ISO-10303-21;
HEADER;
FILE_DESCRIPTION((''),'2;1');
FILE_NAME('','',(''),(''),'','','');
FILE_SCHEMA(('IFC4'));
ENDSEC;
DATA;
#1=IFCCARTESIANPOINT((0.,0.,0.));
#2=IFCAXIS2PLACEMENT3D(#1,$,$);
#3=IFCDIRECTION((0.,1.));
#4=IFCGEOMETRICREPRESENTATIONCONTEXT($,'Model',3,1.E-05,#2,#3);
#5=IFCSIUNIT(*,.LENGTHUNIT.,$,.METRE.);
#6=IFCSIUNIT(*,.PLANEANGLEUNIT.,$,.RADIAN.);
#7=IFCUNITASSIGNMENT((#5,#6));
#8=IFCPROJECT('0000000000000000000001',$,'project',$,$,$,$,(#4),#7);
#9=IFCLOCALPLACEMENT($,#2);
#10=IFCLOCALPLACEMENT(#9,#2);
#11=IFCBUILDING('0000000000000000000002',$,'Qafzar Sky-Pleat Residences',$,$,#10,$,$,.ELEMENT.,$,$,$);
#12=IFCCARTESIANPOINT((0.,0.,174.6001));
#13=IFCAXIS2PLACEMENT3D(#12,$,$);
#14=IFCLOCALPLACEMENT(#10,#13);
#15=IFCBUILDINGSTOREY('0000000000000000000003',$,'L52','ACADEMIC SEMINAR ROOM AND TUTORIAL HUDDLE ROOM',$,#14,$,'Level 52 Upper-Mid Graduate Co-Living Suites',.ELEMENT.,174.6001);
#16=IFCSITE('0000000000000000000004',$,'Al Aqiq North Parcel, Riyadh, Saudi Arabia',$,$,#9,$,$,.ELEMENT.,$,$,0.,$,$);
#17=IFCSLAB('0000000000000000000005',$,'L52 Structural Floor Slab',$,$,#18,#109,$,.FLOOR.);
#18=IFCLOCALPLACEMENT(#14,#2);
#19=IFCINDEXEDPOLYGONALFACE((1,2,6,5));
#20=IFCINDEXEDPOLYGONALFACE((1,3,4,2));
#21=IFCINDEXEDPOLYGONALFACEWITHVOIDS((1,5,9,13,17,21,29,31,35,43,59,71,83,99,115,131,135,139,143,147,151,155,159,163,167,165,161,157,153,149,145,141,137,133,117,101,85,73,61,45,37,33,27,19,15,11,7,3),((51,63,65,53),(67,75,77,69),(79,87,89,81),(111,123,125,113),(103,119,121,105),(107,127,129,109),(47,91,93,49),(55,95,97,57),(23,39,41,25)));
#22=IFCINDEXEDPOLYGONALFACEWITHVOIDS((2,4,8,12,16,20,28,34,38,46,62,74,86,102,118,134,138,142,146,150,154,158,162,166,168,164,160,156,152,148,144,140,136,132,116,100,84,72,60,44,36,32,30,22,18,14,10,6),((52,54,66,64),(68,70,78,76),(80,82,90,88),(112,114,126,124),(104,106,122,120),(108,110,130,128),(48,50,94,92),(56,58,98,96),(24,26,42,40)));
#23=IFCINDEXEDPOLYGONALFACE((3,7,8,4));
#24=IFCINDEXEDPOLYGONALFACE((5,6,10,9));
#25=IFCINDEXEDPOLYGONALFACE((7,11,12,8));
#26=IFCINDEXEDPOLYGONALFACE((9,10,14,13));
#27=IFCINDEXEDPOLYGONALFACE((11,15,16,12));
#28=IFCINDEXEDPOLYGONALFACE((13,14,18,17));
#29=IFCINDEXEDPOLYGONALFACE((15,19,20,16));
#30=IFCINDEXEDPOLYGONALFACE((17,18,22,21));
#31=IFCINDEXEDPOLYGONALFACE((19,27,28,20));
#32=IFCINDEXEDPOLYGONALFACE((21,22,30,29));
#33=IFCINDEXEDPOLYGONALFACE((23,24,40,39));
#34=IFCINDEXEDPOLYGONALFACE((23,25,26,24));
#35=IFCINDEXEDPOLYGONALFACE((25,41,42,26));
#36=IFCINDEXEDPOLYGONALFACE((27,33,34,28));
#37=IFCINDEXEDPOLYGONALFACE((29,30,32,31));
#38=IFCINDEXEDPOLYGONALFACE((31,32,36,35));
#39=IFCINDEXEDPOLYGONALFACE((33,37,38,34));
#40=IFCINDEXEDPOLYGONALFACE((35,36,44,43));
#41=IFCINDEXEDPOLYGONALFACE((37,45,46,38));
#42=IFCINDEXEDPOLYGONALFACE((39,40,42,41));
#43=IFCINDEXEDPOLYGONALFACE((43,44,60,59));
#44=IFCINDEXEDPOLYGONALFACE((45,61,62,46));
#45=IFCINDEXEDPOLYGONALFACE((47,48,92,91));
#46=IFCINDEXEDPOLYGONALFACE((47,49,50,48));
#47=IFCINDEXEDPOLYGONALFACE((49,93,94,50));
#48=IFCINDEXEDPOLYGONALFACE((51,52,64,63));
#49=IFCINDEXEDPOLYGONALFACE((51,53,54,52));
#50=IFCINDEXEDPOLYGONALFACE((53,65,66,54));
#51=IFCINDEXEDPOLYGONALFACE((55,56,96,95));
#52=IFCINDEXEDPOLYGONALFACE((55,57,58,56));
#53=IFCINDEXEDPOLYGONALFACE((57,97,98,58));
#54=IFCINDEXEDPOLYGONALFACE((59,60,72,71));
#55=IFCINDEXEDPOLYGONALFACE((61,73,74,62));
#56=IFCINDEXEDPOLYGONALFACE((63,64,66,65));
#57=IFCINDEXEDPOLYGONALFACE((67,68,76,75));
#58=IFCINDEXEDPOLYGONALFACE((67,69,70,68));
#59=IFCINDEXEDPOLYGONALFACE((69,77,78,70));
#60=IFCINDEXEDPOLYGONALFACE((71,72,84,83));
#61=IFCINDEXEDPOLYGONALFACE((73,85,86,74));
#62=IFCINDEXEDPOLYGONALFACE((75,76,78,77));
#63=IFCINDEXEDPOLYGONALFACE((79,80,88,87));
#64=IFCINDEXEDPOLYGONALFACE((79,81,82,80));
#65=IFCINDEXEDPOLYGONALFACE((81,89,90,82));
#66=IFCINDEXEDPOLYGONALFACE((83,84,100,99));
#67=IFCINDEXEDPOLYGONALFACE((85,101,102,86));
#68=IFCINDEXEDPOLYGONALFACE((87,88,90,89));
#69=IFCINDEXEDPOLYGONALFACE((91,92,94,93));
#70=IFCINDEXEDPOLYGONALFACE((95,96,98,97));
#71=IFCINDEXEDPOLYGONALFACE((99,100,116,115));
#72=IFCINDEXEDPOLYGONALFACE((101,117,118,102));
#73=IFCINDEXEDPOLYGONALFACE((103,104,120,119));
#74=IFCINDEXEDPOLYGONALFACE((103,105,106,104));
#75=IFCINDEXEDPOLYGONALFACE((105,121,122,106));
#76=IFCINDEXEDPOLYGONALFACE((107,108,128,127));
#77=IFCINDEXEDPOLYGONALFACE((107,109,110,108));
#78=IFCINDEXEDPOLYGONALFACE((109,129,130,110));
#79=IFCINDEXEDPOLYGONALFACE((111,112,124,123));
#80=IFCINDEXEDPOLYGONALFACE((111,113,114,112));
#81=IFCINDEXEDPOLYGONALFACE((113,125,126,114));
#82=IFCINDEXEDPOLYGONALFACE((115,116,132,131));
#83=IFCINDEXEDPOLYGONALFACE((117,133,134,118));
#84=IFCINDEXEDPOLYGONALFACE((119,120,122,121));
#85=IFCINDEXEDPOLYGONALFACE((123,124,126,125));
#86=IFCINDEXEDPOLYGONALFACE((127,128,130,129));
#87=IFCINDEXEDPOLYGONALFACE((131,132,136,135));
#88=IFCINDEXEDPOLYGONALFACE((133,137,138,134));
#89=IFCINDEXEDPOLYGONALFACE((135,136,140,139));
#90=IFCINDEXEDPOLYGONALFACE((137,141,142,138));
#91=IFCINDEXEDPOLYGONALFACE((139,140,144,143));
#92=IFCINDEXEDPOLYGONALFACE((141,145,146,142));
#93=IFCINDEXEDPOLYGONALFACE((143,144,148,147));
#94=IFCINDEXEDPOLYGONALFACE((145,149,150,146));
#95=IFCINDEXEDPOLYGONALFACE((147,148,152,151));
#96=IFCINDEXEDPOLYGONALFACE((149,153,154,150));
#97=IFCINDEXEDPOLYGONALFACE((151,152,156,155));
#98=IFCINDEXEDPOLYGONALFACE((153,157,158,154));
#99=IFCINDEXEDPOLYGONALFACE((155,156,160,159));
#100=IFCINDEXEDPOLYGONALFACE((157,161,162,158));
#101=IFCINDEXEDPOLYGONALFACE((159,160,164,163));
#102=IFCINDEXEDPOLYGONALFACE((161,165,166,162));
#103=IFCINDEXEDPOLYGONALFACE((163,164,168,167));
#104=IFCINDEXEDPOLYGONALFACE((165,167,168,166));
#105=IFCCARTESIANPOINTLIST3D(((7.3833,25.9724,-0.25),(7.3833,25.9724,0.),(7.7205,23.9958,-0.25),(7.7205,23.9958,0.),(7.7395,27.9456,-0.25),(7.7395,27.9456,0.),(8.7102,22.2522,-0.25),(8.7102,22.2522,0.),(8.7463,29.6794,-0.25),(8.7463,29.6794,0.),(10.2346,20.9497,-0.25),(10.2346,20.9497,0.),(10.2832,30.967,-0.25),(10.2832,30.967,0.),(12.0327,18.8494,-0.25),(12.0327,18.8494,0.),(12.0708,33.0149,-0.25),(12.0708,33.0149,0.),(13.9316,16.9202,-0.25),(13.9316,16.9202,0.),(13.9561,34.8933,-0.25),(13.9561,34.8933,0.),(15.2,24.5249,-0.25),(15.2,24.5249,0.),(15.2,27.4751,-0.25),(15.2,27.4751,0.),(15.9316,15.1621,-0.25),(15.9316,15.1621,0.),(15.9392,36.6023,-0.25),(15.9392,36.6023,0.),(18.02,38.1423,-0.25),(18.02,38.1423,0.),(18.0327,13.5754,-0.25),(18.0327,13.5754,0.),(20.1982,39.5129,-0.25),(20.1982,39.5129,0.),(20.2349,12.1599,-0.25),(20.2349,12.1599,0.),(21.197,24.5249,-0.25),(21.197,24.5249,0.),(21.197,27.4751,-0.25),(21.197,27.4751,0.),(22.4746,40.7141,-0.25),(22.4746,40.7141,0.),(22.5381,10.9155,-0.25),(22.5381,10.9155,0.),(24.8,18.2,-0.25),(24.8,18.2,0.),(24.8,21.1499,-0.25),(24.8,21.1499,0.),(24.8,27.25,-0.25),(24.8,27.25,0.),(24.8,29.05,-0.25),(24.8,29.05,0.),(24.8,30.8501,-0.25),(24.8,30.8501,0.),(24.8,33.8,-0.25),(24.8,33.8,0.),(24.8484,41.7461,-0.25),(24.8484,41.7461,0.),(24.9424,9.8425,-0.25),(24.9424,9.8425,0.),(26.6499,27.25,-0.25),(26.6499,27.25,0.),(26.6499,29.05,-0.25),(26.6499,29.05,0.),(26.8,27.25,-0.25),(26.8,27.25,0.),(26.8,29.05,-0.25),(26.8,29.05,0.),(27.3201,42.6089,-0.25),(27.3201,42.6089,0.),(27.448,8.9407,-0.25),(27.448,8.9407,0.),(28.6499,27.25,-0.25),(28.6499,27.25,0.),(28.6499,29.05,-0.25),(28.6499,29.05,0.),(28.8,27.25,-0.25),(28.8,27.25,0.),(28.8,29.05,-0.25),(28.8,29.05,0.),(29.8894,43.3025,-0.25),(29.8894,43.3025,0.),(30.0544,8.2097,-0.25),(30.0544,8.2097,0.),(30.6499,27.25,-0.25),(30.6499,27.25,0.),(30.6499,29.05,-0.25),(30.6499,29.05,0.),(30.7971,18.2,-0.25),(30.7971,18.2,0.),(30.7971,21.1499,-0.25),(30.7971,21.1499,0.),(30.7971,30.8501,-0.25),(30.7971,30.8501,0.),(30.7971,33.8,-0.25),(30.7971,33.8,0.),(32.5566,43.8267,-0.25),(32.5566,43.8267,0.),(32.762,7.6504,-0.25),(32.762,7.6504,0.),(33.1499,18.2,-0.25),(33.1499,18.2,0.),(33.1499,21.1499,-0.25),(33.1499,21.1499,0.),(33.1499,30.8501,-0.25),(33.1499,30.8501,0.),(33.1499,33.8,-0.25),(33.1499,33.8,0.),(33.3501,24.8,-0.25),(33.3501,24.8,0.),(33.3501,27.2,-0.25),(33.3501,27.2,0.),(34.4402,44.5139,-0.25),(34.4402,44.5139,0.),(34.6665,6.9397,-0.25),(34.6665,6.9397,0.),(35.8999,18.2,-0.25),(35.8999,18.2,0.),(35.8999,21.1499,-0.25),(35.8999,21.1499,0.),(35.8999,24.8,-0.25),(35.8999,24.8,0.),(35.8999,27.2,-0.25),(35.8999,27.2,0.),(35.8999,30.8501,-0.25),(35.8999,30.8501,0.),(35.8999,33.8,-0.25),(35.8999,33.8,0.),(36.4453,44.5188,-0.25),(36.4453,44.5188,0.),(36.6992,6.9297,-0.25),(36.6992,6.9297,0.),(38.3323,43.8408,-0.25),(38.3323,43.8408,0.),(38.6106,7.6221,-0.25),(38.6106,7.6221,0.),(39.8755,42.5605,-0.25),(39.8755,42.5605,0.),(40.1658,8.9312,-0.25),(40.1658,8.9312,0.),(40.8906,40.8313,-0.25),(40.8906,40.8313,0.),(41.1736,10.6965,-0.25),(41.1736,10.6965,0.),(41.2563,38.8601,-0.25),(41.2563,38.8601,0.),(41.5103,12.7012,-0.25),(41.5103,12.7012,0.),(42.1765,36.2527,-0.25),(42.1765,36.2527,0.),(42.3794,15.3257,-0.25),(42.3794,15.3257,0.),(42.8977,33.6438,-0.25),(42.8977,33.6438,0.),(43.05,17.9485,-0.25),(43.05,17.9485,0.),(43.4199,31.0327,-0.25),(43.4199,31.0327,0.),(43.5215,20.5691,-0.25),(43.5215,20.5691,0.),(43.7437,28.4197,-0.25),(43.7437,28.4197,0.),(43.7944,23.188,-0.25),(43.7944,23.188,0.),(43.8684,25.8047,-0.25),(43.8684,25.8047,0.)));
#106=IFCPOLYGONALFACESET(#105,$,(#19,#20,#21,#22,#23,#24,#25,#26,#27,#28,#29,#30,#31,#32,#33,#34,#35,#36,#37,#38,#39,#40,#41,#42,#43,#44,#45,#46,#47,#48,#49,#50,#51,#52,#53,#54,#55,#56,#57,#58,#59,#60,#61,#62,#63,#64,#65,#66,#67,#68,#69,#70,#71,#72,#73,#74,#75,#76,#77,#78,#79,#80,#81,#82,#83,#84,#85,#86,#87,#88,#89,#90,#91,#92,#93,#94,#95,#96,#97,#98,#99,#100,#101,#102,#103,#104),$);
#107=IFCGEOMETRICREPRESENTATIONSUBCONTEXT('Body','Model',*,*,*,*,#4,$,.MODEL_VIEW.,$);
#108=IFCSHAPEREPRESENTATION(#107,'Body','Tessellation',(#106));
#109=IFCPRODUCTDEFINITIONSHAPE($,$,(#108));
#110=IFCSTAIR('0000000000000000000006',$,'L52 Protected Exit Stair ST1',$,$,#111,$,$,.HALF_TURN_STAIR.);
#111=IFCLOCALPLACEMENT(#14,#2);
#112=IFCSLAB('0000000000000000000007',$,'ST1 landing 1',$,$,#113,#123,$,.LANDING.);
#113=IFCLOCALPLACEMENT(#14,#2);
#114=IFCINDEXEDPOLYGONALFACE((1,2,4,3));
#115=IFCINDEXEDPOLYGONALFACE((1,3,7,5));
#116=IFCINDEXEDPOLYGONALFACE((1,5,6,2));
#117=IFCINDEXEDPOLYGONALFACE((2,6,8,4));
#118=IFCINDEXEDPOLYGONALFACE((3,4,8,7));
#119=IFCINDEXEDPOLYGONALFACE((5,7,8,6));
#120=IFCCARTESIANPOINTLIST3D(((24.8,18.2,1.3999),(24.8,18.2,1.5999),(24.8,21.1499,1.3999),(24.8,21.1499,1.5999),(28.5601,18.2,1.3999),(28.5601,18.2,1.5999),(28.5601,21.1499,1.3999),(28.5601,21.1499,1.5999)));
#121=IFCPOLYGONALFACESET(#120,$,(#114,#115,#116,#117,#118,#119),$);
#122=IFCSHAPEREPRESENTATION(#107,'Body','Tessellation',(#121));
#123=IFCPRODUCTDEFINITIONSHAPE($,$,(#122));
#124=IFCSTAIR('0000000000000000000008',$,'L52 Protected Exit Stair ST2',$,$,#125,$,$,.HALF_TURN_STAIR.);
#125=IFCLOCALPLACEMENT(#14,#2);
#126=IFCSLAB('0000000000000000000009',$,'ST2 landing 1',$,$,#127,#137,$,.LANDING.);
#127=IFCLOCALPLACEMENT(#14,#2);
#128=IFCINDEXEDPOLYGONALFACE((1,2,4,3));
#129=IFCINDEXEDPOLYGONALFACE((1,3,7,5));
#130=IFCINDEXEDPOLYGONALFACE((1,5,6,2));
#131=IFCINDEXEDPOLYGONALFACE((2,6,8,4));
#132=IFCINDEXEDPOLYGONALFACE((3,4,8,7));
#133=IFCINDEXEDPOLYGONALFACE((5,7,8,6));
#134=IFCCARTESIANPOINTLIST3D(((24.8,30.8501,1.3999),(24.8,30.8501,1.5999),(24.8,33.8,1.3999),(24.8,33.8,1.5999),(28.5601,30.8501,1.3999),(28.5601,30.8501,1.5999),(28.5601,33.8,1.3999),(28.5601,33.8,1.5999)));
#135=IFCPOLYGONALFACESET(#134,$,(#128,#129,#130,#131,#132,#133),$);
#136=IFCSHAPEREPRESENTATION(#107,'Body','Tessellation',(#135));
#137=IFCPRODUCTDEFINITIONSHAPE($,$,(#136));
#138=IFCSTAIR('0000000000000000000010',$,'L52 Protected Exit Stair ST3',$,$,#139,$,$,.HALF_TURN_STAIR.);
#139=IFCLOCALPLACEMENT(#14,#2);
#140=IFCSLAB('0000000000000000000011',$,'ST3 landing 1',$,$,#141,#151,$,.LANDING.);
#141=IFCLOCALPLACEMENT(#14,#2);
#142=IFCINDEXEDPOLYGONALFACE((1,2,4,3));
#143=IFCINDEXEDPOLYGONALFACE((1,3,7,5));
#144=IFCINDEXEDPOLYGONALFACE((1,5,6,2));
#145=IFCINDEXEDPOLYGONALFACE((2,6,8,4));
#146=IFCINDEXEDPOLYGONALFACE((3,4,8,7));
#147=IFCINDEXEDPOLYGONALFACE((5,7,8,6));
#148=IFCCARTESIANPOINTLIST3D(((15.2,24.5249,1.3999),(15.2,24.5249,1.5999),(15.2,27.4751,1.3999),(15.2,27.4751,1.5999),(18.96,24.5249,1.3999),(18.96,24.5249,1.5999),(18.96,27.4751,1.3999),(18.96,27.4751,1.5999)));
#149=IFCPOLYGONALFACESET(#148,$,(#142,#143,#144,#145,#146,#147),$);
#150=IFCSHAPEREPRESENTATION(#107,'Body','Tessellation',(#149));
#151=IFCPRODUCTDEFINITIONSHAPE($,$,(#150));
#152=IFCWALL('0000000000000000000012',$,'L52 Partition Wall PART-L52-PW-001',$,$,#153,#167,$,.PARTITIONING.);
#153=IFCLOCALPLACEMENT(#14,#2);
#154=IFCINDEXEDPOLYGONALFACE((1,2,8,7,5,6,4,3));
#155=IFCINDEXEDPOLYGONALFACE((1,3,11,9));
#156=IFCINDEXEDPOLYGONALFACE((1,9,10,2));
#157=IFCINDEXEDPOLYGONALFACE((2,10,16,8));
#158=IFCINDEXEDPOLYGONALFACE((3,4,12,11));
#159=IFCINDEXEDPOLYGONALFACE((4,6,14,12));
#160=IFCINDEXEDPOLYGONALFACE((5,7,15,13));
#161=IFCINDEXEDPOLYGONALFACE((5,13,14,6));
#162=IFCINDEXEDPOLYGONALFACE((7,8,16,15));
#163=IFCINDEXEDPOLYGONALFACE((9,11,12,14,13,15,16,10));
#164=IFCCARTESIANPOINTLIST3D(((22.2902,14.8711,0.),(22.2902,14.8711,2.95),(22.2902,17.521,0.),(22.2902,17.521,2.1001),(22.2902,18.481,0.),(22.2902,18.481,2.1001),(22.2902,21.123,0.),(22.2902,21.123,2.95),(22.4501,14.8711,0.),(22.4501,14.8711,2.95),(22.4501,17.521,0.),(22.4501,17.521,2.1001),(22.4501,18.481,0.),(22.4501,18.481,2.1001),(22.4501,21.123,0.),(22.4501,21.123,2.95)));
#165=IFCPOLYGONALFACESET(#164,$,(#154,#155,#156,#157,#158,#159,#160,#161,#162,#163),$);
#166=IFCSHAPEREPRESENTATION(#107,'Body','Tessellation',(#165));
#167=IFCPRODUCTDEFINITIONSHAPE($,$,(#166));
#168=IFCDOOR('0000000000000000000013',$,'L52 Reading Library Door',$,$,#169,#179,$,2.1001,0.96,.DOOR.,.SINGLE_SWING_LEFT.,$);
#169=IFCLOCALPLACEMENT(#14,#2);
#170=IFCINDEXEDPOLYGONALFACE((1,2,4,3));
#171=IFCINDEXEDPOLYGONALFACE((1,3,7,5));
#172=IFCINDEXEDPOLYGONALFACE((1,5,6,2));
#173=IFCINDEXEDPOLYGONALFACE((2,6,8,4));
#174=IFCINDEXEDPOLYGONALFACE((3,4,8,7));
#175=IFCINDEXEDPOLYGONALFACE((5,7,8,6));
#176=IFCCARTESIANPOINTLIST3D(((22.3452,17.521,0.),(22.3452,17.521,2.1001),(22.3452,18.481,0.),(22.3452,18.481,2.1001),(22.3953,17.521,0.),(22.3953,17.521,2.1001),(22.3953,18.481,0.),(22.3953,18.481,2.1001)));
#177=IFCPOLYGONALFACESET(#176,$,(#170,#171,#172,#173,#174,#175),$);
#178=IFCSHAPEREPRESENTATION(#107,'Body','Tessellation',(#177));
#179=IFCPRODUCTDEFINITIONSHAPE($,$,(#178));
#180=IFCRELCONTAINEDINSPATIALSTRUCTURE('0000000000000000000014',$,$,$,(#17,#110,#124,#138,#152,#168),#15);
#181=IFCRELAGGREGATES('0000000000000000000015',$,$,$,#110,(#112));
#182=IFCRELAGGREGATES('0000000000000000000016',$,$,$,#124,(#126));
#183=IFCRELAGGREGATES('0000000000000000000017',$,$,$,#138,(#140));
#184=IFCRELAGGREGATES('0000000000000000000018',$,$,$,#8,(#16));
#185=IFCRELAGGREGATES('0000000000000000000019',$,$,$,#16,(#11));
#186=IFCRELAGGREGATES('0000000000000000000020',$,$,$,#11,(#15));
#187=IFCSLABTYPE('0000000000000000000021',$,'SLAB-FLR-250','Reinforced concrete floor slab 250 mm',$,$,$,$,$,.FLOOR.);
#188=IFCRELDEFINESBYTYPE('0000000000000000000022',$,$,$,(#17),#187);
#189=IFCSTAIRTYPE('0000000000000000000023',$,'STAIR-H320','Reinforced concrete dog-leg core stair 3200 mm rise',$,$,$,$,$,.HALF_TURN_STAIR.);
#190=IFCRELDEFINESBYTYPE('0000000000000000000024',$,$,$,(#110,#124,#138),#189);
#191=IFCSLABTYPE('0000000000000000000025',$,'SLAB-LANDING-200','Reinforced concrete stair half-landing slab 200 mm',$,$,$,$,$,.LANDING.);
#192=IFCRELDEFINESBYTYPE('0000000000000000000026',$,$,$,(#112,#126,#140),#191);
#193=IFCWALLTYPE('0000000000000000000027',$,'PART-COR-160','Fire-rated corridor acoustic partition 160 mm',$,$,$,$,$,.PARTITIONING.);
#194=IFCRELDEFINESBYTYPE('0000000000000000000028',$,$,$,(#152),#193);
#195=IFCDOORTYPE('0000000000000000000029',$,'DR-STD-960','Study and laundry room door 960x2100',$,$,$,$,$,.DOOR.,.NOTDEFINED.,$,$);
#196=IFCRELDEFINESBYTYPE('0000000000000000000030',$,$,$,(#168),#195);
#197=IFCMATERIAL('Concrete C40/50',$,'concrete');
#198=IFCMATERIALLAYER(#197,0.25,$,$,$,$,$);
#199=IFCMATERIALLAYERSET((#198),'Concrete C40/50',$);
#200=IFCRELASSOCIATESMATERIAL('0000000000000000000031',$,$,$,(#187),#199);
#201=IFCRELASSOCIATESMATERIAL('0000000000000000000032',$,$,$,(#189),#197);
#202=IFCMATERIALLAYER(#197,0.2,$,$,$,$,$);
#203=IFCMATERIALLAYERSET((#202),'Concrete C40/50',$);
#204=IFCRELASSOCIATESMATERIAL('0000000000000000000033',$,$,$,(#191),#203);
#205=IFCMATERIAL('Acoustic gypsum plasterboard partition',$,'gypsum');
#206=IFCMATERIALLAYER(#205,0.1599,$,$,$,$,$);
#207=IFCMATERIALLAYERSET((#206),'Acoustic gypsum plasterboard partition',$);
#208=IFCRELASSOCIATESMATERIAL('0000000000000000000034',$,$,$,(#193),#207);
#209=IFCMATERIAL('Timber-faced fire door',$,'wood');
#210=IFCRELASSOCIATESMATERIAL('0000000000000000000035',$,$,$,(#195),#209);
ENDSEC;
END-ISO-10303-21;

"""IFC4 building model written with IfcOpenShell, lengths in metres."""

from ifc_helpers import new_model, si_unit, direction, frame, frame_2d, origin, place, context, subcontext, project, spatial, polyline, rectangle, outline, extrude, source, transform, mapped, material, layer, layer_set, type_object, element, fill, aggregate, save


model = new_model("IFC4")

# Units and contexts
model_context = context("Model", 3, precision=1e-05, world=origin(), true_north=direction((0.0, 1.0)))
body_context = subcontext(model_context, "Body", "Model", "MODEL_VIEW")
ifc_project = project(units=[si_unit("LENGTHUNIT", "METRE"), si_unit("PLANEANGLEUNIT", "RADIAN")], contexts=[model_context])

# Site, building, storey
site_placement = place(None, origin())
site = spatial("IfcSite", under=ifc_project, at=site_placement, Name="Al Aqiq North Parcel, Riyadh, Saudi Arabia", CompositionType="ELEMENT", RefElevation=0.0)
building_placement = place(site_placement, origin())
building = spatial("IfcBuilding", under=site, at=building_placement, Name="Qafzar Sky-Pleat Residences", CompositionType="ELEMENT")
storey_placement = place(building_placement, frame((0.0, 0.0, 174.6001)))
storey = spatial("IfcBuildingStorey", under=building, at=storey_placement, Name="L52", Description="ACADEMIC SEMINAR ROOM AND TUTORIAL HUDDLE ROOM", LongName="Level 52 Upper-Mid Graduate Co-Living Suites", CompositionType="ELEMENT", Elevation=174.6001)

# Slab
ifc_material_1 = material(Name="Concrete C40/50", Category="concrete")
ifc_layer_1 = layer(ifc_material_1, 0.25)
ifc_layer_set_1 = layer_set([ifc_layer_1], Name="Concrete C40/50")
slab_type_1 = type_object("IfcSlabType", Name="SLAB-FLR-250", Description="Reinforced concrete floor slab 250 mm", PredefinedType="FLOOR", material=ifc_layer_set_1)
slab_1_placement = place(storey_placement, frame((0.0, 0.0, -0.25)))
element("IfcSlab", 1, at=slab_1_placement, inside=storey, type_object=slab_type_1, Name="L52 Structural Floor Slab", PredefinedType="FLOOR", context=body_context, shape_type="SweptSolid", body=[
    extrude(outline(polyline([(10.2832, 30.967), (8.7463, 29.6794), (7.7395, 27.9456), (7.3833, 25.9724), (7.7205, 23.9958), (8.7102, 22.2522), (10.2346, 20.9497), (12.0327, 18.8494), (13.9316, 16.9202), (15.9316, 15.1621), (18.0327, 13.5754), (20.2349, 12.1599), (22.5381, 10.9155), (24.9424, 9.8425), (27.448, 8.9407), (30.0544, 8.2097), (32.762, 7.6504), (34.6665, 6.9397), (36.6992, 6.9297), (38.6106, 7.6221), (40.1658, 8.9312), (41.1736, 10.6965), (41.5103, 12.7012), (42.3794, 15.3257), (43.05, 17.9485), (43.5215, 20.5691), (43.7944, 23.188), (43.8684, 25.8047), (43.7437, 28.4197), (43.4199, 31.0327), (42.8977, 33.6438), (42.1765, 36.2527), (41.2563, 38.8601), (40.8906, 40.8313), (39.8755, 42.5605), (38.3323, 43.8408), (36.4453, 44.5188), (34.4402, 44.5139), (32.5566, 43.8267), (29.8894, 43.3025), (27.3201, 42.6089), (24.8484, 41.7461), (22.4746, 40.7141), (20.1982, 39.5129), (18.02, 38.1423), (15.9392, 36.6023), (13.9561, 34.8933), (12.0708, 33.0149), (10.2832, 30.967)]), holes=[polyline([(30.7971, 21.1499), (24.8, 21.1499), (24.8, 18.2), (30.7971, 18.2), (30.7971, 21.1499)]), polyline([(30.7971, 33.8), (24.8, 33.8), (24.8, 30.8501), (30.7971, 30.8501), (30.7971, 33.8)]), polyline([(21.197, 27.4751), (15.2, 27.4751), (15.2, 24.5249), (21.197, 24.5249), (21.197, 27.4751)]), polyline([(24.8, 27.25), (26.6499, 27.25), (26.6499, 29.05), (24.8, 29.05), (24.8, 27.25)]), polyline([(26.8, 27.25), (28.6499, 27.25), (28.6499, 29.05), (26.8, 29.05), (26.8, 27.25)]), polyline([(28.8, 27.25), (30.6499, 27.25), (30.6499, 29.05), (28.8, 29.05), (28.8, 27.25)]), polyline([(33.1499, 18.2), (35.8999, 18.2), (35.8999, 21.1499), (33.1499, 21.1499), (33.1499, 18.2)]), polyline([(33.1499, 30.8501), (35.8999, 30.8501), (35.8999, 33.8), (33.1499, 33.8), (33.1499, 30.8501)]), polyline([(33.3501, 24.8), (35.8999, 24.8), (35.8999, 27.2), (33.3501, 27.2), (33.3501, 24.8)])]), origin(), (0.0, 0.0, 1.0), 0.25),
])

# Stairs, slabs
stair_type = type_object("IfcStairType", Name="STAIR-H320", Description="Reinforced concrete dog-leg core stair 3200 mm rise", PredefinedType="HALF_TURN_STAIR", material=ifc_material_1)
stair_1_placement = place(storey_placement, origin())
stair_1 = element("IfcStair", 2, at=stair_1_placement, inside=storey, type_object=stair_type, Name="L52 Protected Exit Stair ST1", PredefinedType="HALF_TURN_STAIR")
ifc_layer_2 = layer(ifc_material_1, 0.2)
ifc_layer_set_2 = layer_set([ifc_layer_2], Name="Concrete C40/50")
slab_type_2 = type_object("IfcSlabType", Name="SLAB-LANDING-200", Description="Reinforced concrete stair half-landing slab 200 mm", PredefinedType="LANDING", material=ifc_layer_set_2)
slab_2_placement = place(storey_placement, frame((0.0, 0.0, 1.3999)))
slab_2 = element("IfcSlab", 3, at=slab_2_placement, type_object=slab_type_2, Name="ST1 landing 1", PredefinedType="LANDING", context=body_context, shape_type="SweptSolid", body=[
    extrude(outline(polyline([(28.5601, 21.1499), (24.8, 21.1499), (24.8, 18.2), (28.5601, 18.2), (28.5601, 21.1499)])), origin(), (0.0, 0.0, 1.0), 0.2),
])
aggregate(stair_1, [slab_2])
stair_2_placement = place(storey_placement, origin())
stair_2 = element("IfcStair", 4, at=stair_2_placement, inside=storey, type_object=stair_type, Name="L52 Protected Exit Stair ST2", PredefinedType="HALF_TURN_STAIR")
slab_3_placement = place(storey_placement, frame((0.0, 0.0, 1.3999)))
slab_3 = element("IfcSlab", 5, at=slab_3_placement, type_object=slab_type_2, Name="ST2 landing 1", PredefinedType="LANDING", context=body_context, shape_type="SweptSolid", body=[
    extrude(outline(polyline([(28.5601, 33.8), (24.8, 33.8), (24.8, 30.8501), (28.5601, 30.8501), (28.5601, 33.8)])), origin(), (0.0, 0.0, 1.0), 0.2),
])
aggregate(stair_2, [slab_3])
stair_3_placement = place(storey_placement, origin())
stair_3 = element("IfcStair", 6, at=stair_3_placement, inside=storey, type_object=stair_type, Name="L52 Protected Exit Stair ST3", PredefinedType="HALF_TURN_STAIR")
slab_4_placement = place(storey_placement, frame((0.0, 0.0, 1.3999)))
slab_4 = element("IfcSlab", 7, at=slab_4_placement, type_object=slab_type_2, Name="ST3 landing 1", PredefinedType="LANDING", context=body_context, shape_type="SweptSolid", body=[
    extrude(outline(polyline([(18.96, 27.4751), (15.2, 27.4751), (15.2, 24.5249), (18.96, 24.5249), (18.96, 27.4751)])), origin(), (0.0, 0.0, 1.0), 0.2),
])
aggregate(stair_3, [slab_4])

# Wall, opening, door
ifc_material_2 = material(Name="Acoustic gypsum plasterboard partition", Category="gypsum")
ifc_layer_3 = layer(ifc_material_2, 0.1599)
ifc_layer_set_3 = layer_set([ifc_layer_3], Name="Acoustic gypsum plasterboard partition")
wall_type_1 = type_object("IfcWallType", Name="PART-COR-160", Description="Fire-rated corridor acoustic partition 160 mm", PredefinedType="PARTITIONING", material=ifc_layer_set_3)
wall_1_placement = place(storey_placement, frame((22.3701, 14.8711, 0.0), z_axis=(0.0, 0.0, 1.0), x_axis=(0.0, 1.0, 0.0)))
wall_1 = element("IfcWall", 8, at=wall_1_placement, inside=storey, type_object=wall_type_1, Name="L52 Partition Wall PART-L52-PW-001", PredefinedType="PARTITIONING", context=body_context, shape_type="SweptSolid", body=[
    extrude(rectangle(XDim=6.252, YDim=0.1599, at=frame_2d((3.126, 0.0))), origin(), (0.0, 0.0, 1.0), 2.95),
])
opening_1_placement = place(wall_1_placement, frame((2.6499, 0.0, 0.0)))
opening_1 = element("IfcOpeningElement", 9, at=opening_1_placement, cuts=wall_1, PredefinedType="OPENING", context=body_context, shape_type="SweptSolid", body=[
    extrude(rectangle(XDim=0.96, YDim=2.1001, at=frame_2d((0.48, 1.05))), frame((0.0, 0.0898, 0.0), z_axis=(0.0, -1.0, 0.0), x_axis=(1.0, 0.0, 0.0)), (0.0, 0.0, 1.0), 0.1799),
])
ifc_material_3 = material(Name="Timber-faced fire door", Category="wood")
door_type = type_object("IfcDoorType", Name="DR-STD-960", Description="Study and laundry room door 960x2100", OperationType="NOTDEFINED", PredefinedType="DOOR", material=ifc_material_3)
shared_shape_1 = source(origin(), body_context, "Body", "SweptSolid", [
    extrude(rectangle(XDim=0.96, YDim=2.1001, at=frame_2d((0.48, 1.05))), frame((0.0, 0.0249, 0.0), z_axis=(0.0, -1.0, 0.0), x_axis=(1.0, 0.0, 0.0)), (0.0, 0.0, 1.0), 0.05),
])
door_placement = place(opening_1_placement, origin())
door = element("IfcDoor", 10, at=door_placement, inside=storey, type_object=door_type, Name="L52 Reading Library Door", OperationType="SINGLE_SWING_LEFT", OverallHeight=2.1001, OverallWidth=0.96, PredefinedType="DOOR", context=body_context, shape_type="MappedRepresentation", body=[
    mapped(shared_shape_1, transform((0.0, 0.0, 0.0), x_axis=(1.0, 0.0, 0.0), y_axis=(0.0, 1.0, 0.0), z_axis=(0.0, 0.0, 1.0), scale=1.0)),
])
fill(opening_1, door)

save(model, "model.ifc")
